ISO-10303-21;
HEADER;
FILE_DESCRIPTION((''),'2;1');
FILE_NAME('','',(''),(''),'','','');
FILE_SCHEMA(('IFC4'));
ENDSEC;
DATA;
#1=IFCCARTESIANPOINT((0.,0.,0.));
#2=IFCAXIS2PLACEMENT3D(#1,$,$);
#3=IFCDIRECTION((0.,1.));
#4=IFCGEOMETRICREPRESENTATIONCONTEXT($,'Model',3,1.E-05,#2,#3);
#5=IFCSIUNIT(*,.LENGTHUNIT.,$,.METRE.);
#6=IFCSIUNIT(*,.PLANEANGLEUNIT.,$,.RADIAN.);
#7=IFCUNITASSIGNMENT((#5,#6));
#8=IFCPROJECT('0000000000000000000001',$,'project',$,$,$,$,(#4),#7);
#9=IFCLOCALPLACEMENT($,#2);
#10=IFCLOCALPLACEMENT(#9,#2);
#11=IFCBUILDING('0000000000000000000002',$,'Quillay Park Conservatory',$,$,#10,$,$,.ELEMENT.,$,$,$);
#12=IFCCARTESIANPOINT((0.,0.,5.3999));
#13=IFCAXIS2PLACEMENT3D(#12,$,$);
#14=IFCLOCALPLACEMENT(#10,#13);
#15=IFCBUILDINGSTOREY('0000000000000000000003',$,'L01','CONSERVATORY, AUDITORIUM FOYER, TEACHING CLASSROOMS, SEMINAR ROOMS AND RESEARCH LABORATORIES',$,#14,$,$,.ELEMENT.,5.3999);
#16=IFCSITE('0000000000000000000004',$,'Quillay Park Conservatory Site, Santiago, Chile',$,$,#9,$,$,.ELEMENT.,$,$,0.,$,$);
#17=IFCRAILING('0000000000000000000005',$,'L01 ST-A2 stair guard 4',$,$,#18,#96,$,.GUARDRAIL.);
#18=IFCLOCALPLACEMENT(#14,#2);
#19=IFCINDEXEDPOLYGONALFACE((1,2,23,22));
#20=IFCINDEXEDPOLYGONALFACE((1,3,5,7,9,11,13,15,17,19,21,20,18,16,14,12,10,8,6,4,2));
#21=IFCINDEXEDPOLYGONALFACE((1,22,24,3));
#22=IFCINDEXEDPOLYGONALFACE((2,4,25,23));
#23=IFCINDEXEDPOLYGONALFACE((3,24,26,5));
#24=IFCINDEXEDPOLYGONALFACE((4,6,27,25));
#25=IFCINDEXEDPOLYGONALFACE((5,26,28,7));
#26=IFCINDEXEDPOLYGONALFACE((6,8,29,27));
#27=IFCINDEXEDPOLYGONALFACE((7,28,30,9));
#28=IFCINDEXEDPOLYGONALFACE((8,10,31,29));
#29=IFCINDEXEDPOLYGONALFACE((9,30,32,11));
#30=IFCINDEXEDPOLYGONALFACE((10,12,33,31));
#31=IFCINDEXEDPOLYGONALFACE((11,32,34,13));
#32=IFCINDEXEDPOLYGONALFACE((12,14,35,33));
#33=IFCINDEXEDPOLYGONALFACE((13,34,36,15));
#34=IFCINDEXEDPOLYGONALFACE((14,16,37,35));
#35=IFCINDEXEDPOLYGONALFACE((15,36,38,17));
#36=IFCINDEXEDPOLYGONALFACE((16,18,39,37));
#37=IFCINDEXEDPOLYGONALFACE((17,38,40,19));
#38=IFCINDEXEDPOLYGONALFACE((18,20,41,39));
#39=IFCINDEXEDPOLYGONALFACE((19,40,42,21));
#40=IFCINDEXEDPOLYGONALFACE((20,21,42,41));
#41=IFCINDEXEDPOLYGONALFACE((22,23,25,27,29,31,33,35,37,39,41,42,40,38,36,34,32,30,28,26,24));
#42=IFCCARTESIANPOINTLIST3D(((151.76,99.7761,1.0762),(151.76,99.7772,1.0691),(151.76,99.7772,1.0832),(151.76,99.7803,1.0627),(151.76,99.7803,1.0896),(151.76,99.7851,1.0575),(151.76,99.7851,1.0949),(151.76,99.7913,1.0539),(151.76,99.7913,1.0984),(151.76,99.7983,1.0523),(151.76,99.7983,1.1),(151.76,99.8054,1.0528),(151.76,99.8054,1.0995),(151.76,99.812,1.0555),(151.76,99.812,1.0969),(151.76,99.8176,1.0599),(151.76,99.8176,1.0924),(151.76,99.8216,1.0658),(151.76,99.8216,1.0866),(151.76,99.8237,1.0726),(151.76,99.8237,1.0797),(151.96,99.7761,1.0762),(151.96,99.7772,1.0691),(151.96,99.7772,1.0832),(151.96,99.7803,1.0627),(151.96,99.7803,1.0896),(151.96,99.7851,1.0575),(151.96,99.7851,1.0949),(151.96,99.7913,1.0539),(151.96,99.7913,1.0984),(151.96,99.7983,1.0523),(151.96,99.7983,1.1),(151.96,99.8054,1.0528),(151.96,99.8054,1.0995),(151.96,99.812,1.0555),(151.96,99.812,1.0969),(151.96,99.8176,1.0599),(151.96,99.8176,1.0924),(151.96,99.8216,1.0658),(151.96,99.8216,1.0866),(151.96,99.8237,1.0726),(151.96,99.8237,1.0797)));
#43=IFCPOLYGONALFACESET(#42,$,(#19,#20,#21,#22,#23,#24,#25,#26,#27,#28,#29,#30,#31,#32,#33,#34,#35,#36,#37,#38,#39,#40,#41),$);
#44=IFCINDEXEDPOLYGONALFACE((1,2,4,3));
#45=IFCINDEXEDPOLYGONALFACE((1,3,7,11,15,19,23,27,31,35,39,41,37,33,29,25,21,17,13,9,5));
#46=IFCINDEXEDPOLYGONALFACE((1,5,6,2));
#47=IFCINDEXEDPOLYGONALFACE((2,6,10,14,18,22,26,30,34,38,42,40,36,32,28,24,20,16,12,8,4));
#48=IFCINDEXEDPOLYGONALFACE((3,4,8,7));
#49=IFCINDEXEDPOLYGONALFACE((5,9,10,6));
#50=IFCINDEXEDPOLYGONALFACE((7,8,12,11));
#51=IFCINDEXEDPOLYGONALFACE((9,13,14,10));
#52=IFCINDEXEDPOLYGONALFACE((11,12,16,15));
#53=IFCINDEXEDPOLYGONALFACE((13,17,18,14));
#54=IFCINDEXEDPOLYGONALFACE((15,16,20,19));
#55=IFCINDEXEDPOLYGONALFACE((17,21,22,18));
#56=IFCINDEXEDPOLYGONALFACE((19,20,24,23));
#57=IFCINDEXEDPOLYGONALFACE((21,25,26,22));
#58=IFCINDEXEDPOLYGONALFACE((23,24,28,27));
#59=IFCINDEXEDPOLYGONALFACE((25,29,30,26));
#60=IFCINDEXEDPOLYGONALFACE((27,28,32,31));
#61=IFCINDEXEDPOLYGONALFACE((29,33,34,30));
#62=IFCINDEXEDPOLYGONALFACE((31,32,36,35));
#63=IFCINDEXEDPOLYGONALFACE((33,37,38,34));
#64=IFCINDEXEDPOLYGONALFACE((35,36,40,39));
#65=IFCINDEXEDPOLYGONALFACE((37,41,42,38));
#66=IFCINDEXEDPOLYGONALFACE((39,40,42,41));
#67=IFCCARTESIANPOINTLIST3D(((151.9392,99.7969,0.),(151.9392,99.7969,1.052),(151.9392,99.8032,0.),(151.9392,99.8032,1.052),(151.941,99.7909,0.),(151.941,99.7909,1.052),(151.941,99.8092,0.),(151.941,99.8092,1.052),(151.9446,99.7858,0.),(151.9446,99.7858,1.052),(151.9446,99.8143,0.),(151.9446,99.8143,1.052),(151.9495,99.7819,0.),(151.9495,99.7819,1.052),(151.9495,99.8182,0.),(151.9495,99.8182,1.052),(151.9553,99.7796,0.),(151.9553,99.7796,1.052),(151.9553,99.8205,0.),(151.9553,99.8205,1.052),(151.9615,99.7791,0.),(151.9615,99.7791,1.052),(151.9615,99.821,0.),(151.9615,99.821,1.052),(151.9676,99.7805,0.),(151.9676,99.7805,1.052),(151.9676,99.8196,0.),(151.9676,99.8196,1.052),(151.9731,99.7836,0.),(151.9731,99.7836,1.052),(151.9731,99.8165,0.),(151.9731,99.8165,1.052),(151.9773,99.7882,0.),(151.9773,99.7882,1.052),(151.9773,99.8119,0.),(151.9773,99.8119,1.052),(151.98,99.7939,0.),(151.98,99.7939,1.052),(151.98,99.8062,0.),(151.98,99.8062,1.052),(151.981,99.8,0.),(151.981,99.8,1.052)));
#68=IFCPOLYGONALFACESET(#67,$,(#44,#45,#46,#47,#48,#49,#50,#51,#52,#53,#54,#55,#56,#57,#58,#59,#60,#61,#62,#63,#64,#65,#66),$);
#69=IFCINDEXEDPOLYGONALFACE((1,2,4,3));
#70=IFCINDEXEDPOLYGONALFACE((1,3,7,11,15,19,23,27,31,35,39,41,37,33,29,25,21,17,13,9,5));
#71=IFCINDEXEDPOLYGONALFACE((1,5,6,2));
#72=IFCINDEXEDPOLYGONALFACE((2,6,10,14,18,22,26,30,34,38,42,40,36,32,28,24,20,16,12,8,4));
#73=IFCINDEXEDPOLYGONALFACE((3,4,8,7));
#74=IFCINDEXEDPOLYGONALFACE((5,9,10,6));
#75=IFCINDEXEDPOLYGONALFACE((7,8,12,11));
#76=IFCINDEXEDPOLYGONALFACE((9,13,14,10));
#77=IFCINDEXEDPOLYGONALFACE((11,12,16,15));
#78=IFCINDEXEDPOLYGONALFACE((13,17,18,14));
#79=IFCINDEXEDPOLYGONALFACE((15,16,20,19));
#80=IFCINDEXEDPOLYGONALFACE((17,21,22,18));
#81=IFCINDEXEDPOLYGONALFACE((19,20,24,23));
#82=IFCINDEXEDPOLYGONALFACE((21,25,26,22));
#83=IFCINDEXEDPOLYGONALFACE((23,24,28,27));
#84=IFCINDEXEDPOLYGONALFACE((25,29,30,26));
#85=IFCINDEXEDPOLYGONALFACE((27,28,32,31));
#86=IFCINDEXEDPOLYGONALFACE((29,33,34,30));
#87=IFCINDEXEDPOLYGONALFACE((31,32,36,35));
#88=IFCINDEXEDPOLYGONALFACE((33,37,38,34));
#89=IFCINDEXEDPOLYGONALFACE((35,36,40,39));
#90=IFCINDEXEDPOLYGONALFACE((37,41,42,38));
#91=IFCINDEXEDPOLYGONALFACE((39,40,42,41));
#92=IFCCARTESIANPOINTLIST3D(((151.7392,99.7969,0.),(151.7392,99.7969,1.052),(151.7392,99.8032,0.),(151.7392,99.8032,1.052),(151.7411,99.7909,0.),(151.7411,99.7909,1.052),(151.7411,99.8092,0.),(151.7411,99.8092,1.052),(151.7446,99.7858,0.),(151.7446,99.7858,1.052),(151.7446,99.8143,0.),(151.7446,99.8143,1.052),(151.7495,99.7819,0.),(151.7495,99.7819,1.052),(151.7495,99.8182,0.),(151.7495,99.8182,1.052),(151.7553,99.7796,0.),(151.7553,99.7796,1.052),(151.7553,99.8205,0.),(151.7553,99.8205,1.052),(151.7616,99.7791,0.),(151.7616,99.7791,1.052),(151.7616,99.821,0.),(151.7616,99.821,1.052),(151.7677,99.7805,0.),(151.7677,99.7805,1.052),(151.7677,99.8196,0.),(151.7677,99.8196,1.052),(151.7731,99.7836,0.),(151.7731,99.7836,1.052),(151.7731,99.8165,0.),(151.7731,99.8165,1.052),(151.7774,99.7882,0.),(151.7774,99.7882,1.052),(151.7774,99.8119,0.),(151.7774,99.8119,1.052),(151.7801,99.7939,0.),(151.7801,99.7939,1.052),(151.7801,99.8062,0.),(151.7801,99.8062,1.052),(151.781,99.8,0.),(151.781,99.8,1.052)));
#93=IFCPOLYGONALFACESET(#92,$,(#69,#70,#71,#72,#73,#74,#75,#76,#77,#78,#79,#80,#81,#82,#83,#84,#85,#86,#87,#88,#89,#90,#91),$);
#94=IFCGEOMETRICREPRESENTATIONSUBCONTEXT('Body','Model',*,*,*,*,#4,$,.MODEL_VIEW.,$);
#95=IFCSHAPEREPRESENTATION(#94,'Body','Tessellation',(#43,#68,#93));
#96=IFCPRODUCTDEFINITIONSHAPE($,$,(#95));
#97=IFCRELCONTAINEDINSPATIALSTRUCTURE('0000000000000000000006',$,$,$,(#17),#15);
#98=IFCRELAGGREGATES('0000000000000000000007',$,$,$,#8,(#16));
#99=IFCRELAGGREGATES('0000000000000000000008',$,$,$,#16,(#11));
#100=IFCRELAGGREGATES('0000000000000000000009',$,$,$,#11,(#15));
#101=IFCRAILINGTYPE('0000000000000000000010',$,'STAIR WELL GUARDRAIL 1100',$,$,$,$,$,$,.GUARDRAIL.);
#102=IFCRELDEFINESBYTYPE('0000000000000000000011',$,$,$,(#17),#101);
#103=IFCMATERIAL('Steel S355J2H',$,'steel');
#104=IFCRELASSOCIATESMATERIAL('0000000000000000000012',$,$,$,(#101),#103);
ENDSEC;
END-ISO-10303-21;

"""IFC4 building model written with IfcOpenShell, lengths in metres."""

from ifc_helpers import new_model, si_unit, direction, frame, origin, origin_2d, place, context, subcontext, project, spatial, circle, extrude, material, type_object, element, save


model = new_model("IFC4")

# Units and contexts
model_context = context("Model", 3, precision=1e-05, world=origin(), true_north=direction((0.0, 1.0)))
body_context = subcontext(model_context, "Body", "Model", "MODEL_VIEW")
ifc_project = project(units=[si_unit("LENGTHUNIT", "METRE"), si_unit("PLANEANGLEUNIT", "RADIAN")], contexts=[model_context])

# Site, building, storey
site_placement = place(None, origin())
site = spatial("IfcSite", under=ifc_project, at=site_placement, Name="Quillay Park Conservatory Site, Santiago, Chile", CompositionType="ELEMENT", RefElevation=0.0)
building_placement = place(site_placement, origin())
building = spatial("IfcBuilding", under=site, at=building_placement, Name="Quillay Park Conservatory", CompositionType="ELEMENT")
storey_placement = place(building_placement, frame((0.0, 0.0, 5.3999)))
storey = spatial("IfcBuildingStorey", under=building, at=storey_placement, Name="L01", Description="CONSERVATORY, AUDITORIUM FOYER, TEACHING CLASSROOMS, SEMINAR ROOMS AND RESEARCH LABORATORIES", CompositionType="ELEMENT", Elevation=5.3999)

# Railing
ifc_material_1 = material(Name="Steel S355J2H", Category="steel")
railing_type_1 = type_object("IfcRailingType", Name="STAIR WELL GUARDRAIL 1100", PredefinedType="GUARDRAIL", material=ifc_material_1)
railing_1_placement = place(storey_placement, frame((151.96, 99.8, 0.0)))
element("IfcRailing", 1, at=railing_1_placement, inside=storey, type_object=railing_type_1, Name="L01 ST-A2 stair guard 4", PredefinedType="GUARDRAIL", context=body_context, shape_type="SweptSolid", body=[
    extrude(circle(Radius=0.0239, at=origin_2d()), frame((0.0, 0.0, 1.0762), z_axis=(-1.0, 0.0, 0.0), x_axis=(0.0, -1.0, 0.0)), (0.0, 0.0, 1.0), 0.2),
    extrude(circle(Radius=0.021, at=origin_2d()), origin(), (0.0, 0.0, 1.0), 1.052),
    extrude(circle(Radius=0.021, at=origin_2d()), frame((-0.2, 0.0, 0.0)), (0.0, 0.0, 1.0), 1.052),
])

save(model, "model.ifc")
